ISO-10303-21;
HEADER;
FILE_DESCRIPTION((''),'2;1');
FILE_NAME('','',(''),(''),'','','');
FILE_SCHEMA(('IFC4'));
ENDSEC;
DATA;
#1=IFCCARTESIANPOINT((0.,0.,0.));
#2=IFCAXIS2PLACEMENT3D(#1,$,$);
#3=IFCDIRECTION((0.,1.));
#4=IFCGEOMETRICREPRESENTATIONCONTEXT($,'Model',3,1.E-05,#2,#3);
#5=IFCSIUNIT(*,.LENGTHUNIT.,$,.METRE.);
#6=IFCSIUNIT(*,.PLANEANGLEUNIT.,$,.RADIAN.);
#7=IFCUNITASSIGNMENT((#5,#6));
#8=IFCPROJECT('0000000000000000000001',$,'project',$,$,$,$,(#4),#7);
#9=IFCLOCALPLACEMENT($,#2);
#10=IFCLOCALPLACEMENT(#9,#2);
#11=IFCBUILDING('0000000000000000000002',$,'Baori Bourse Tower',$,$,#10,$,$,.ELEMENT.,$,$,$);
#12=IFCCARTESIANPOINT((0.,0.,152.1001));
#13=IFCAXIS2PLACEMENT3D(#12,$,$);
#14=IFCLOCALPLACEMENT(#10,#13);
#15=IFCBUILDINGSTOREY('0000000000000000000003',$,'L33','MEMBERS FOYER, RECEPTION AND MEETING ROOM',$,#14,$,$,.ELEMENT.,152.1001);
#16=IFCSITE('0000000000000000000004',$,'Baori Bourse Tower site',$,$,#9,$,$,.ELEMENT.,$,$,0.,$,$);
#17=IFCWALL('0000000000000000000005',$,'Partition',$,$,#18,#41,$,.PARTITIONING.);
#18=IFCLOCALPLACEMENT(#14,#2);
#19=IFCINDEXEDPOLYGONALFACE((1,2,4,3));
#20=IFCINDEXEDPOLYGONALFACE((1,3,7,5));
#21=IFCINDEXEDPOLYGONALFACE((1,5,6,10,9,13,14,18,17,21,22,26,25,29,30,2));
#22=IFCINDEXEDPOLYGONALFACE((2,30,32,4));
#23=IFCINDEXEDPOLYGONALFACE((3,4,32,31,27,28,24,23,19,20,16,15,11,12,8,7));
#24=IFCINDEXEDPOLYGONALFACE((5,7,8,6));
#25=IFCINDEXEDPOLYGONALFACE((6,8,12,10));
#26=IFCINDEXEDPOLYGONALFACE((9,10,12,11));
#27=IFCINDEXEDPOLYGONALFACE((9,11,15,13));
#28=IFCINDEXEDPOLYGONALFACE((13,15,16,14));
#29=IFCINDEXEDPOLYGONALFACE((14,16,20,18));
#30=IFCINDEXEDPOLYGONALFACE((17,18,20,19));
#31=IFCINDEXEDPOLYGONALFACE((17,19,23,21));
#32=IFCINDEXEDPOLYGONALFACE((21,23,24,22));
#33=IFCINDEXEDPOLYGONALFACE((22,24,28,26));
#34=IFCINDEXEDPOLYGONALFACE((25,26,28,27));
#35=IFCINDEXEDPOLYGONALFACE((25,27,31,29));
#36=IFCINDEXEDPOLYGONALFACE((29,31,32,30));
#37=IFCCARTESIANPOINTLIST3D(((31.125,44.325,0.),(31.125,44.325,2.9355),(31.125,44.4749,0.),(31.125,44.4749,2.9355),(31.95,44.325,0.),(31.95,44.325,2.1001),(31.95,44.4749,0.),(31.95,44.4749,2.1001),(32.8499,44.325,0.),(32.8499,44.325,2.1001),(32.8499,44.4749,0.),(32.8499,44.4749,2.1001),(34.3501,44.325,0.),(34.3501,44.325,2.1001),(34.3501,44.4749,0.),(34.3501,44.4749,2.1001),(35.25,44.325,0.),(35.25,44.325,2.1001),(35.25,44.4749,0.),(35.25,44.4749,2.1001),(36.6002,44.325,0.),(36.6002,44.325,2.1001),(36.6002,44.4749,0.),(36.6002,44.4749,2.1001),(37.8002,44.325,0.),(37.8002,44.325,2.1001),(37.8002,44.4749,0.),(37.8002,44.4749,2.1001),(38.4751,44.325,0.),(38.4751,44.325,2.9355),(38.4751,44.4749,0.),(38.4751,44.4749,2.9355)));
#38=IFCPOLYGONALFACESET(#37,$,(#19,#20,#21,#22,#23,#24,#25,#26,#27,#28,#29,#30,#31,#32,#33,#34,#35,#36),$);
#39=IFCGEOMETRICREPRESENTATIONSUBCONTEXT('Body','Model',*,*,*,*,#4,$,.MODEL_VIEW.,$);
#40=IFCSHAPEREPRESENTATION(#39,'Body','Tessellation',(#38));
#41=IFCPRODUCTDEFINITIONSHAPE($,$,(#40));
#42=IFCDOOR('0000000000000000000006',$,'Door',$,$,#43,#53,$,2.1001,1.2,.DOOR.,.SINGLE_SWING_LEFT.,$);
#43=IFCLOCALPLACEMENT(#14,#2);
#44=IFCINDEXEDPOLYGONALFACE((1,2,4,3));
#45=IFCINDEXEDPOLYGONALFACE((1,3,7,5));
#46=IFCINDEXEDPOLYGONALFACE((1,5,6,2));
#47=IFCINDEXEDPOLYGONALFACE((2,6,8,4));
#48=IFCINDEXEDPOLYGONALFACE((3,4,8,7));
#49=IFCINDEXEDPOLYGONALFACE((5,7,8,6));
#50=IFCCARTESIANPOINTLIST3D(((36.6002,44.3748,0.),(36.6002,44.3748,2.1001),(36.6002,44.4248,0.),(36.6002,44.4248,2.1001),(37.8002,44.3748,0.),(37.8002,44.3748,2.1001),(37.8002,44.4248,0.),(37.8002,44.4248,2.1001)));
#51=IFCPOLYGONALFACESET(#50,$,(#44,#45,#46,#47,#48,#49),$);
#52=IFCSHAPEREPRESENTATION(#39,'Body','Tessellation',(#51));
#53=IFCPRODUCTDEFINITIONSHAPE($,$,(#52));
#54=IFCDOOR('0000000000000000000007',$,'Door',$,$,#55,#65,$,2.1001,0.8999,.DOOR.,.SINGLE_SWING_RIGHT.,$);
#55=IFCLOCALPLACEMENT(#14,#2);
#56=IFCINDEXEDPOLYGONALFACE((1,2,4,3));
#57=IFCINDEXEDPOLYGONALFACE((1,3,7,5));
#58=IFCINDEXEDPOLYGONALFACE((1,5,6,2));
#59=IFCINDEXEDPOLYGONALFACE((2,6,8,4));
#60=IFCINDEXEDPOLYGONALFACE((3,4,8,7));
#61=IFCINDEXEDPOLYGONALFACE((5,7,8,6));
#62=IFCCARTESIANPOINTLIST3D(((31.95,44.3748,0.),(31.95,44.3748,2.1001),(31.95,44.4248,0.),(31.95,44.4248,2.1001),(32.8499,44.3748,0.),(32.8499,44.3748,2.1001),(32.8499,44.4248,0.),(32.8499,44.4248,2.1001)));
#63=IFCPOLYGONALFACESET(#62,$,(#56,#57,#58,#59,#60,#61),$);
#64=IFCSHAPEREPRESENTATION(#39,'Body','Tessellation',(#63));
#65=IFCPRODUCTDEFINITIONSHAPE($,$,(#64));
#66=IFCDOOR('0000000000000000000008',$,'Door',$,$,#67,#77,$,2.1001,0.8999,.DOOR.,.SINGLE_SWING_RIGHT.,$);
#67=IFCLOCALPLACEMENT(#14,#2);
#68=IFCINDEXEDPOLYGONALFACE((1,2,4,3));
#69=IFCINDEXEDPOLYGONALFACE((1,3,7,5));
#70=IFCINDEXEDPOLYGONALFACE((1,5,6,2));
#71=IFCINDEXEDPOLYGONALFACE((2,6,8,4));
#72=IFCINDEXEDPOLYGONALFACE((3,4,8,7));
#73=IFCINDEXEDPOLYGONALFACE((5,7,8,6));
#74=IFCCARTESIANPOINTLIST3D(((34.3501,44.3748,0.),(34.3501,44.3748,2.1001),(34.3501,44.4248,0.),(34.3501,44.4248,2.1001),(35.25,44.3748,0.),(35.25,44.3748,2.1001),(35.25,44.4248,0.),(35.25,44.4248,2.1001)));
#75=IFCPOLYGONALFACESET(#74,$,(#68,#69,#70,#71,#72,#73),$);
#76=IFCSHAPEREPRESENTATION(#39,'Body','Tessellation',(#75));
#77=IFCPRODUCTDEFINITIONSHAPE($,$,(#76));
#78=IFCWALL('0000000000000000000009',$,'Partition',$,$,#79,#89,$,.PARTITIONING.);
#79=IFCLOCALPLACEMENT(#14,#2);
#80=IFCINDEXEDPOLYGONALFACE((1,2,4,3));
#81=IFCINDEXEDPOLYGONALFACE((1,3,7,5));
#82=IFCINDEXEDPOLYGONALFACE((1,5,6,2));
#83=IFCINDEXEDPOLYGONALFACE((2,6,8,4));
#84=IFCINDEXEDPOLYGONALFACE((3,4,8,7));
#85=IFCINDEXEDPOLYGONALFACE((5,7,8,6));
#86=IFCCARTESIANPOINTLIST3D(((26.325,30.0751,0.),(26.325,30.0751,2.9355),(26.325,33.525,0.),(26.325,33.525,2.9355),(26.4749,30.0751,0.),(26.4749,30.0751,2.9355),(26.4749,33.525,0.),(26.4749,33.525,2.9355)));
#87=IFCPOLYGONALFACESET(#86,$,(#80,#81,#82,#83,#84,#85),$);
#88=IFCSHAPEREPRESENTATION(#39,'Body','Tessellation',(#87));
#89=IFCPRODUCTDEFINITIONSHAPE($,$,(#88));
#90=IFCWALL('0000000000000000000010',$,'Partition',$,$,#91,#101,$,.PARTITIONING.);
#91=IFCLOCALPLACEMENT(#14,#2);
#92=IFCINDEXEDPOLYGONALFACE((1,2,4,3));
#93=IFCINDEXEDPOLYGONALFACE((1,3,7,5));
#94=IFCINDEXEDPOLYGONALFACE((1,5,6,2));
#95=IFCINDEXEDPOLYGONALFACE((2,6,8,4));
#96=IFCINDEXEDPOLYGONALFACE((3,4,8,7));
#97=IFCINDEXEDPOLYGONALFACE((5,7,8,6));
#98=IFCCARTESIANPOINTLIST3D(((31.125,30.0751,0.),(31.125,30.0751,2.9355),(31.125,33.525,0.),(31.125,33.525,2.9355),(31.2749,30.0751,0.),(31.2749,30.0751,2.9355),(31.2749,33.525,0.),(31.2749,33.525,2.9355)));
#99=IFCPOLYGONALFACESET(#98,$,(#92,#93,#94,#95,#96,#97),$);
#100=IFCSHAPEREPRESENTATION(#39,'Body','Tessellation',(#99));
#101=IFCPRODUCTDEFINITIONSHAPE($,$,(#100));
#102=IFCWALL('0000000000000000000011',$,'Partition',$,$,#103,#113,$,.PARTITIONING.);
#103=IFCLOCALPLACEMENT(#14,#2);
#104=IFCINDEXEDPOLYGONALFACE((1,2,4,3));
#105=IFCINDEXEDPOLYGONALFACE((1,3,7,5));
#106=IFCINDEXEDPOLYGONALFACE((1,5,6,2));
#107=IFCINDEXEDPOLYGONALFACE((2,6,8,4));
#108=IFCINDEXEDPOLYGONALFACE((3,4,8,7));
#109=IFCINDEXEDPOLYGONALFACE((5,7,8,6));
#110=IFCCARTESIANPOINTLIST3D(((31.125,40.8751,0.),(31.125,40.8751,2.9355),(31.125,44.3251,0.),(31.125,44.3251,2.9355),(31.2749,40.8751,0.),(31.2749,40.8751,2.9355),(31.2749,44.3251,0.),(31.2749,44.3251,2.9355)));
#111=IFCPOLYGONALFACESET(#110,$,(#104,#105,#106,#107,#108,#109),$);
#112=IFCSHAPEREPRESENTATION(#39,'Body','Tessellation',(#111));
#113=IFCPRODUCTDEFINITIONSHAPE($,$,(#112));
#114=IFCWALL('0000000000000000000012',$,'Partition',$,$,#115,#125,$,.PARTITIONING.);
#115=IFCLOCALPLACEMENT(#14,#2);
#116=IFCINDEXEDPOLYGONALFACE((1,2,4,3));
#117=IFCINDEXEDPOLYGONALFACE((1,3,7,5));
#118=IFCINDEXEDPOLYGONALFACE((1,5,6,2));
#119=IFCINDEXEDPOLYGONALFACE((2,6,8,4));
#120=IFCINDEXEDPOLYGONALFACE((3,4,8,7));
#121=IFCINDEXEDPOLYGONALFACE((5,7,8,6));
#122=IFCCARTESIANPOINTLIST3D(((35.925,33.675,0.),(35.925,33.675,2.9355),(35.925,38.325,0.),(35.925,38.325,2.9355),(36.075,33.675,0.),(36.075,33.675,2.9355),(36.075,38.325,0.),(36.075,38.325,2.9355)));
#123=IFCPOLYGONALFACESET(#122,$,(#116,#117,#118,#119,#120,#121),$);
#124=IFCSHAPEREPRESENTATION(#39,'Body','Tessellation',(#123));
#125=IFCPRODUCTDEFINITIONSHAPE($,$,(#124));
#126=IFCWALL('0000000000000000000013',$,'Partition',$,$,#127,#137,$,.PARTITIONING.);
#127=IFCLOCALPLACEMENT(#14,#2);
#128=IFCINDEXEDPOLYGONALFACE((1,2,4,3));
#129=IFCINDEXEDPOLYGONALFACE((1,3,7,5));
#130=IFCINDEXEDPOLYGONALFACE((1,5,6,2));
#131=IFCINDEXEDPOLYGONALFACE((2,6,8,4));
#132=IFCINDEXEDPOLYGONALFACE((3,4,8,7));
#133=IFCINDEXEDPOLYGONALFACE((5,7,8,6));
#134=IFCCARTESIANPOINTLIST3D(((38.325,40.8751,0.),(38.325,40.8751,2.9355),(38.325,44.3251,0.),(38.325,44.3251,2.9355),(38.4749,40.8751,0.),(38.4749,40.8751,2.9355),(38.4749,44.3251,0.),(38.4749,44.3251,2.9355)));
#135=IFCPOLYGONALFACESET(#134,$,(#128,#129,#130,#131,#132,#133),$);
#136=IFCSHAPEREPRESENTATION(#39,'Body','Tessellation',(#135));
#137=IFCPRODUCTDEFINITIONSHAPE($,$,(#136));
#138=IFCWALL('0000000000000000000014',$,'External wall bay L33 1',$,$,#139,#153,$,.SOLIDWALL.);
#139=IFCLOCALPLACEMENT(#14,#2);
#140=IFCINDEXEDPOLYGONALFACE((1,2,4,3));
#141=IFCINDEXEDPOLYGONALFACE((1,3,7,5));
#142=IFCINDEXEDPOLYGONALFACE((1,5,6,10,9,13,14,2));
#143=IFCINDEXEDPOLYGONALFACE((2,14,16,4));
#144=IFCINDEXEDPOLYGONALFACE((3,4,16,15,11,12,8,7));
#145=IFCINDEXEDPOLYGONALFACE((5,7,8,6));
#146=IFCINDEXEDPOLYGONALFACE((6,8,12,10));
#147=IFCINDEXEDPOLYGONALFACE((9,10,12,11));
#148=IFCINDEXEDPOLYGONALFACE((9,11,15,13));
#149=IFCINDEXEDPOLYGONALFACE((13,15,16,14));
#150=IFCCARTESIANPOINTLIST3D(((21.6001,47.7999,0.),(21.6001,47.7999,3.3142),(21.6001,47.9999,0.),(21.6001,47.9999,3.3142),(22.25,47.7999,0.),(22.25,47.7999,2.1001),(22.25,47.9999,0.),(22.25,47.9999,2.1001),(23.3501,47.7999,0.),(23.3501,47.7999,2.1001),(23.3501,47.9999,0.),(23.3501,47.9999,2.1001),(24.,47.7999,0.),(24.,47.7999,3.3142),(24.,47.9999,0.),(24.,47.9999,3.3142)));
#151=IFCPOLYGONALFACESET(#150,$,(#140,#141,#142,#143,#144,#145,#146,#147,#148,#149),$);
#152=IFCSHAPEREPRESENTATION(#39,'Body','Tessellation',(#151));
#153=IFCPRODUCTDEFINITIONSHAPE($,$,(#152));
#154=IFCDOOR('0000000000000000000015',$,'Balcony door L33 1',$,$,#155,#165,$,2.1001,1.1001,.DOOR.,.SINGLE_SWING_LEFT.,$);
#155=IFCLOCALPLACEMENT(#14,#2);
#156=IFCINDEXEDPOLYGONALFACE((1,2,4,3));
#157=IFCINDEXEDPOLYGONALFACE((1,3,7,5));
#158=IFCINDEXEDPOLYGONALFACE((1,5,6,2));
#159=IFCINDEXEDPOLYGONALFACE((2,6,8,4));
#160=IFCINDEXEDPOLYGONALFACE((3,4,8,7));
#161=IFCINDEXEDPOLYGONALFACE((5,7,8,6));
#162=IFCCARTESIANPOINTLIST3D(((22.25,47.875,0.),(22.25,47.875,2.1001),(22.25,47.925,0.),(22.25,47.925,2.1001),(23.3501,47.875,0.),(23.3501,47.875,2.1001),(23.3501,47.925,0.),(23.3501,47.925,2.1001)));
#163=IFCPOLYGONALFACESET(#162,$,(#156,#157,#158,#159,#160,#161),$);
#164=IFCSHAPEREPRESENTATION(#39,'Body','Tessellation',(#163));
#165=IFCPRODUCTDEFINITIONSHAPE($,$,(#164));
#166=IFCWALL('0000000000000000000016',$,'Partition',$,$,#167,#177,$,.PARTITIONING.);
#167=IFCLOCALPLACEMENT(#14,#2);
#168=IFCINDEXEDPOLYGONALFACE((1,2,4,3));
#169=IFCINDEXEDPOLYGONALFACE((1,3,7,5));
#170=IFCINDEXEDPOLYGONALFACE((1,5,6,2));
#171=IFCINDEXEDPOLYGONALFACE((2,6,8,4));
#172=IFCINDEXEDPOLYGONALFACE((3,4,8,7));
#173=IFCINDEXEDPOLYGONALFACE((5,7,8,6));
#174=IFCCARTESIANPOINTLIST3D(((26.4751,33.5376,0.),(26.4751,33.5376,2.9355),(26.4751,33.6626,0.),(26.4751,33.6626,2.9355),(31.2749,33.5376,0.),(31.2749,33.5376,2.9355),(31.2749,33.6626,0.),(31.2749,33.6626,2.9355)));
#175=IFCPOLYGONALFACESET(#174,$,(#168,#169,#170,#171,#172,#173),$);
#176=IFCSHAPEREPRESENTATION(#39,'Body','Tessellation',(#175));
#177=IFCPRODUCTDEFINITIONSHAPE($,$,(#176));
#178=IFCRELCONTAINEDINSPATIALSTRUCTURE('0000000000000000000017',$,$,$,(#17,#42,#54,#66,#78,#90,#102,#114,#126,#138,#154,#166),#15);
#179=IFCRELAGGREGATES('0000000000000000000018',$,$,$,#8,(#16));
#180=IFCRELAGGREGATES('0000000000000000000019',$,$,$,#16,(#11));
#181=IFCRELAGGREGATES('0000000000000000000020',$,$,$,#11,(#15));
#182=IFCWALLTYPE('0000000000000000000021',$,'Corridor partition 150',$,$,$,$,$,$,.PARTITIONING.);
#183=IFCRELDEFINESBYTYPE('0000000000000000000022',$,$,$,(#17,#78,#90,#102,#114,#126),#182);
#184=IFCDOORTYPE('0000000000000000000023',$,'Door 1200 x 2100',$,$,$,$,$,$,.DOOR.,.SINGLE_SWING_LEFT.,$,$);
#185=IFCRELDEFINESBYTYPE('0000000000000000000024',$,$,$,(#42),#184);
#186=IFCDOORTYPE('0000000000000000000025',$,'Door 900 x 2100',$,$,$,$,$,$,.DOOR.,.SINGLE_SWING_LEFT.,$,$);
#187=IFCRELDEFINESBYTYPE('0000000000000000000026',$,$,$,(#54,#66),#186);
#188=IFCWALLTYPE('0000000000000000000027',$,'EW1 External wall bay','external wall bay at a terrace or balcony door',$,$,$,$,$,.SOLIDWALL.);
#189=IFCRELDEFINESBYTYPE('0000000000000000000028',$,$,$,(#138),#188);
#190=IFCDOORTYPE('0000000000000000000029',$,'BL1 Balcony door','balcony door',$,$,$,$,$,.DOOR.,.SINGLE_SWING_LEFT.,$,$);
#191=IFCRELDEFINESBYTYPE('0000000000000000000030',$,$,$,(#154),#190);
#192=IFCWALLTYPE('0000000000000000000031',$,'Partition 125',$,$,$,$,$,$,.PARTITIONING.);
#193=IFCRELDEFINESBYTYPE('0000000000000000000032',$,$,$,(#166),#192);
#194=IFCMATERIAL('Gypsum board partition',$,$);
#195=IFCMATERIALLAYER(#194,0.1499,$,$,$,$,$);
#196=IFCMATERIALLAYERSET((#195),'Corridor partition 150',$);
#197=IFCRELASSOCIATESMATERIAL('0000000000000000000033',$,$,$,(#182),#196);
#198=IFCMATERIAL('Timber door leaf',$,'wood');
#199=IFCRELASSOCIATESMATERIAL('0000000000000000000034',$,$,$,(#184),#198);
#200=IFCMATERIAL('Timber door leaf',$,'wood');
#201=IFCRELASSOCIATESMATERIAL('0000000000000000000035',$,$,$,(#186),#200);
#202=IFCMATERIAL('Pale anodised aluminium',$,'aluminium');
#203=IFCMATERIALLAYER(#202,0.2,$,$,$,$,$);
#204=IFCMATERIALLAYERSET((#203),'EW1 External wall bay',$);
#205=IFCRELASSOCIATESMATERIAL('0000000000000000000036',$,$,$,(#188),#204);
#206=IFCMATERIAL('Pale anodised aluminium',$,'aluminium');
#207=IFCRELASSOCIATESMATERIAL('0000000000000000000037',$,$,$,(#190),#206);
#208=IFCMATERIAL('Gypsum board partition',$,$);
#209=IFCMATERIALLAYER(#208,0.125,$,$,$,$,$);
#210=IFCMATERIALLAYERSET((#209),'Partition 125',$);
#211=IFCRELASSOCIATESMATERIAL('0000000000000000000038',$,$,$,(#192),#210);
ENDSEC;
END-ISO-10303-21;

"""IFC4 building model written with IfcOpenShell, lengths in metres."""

from ifc_helpers import new_model, si_unit, direction, frame, frame_2d, origin, place, context, subcontext, project, spatial, rectangle, extrude, material, layer, layer_set, type_object, element, fill, save


model = new_model("IFC4")

# Units and contexts
model_context = context("Model", 3, precision=1e-05, world=origin(), true_north=direction((0.0, 1.0)))
body_context = subcontext(model_context, "Body", "Model", "MODEL_VIEW")
ifc_project = project(units=[si_unit("LENGTHUNIT", "METRE"), si_unit("PLANEANGLEUNIT", "RADIAN")], contexts=[model_context])

# Site, building, storey
site_placement = place(None, origin())
site = spatial("IfcSite", under=ifc_project, at=site_placement, Name="Baori Bourse Tower site", CompositionType="ELEMENT", RefElevation=0.0)
building_placement = place(site_placement, origin())
building = spatial("IfcBuilding", under=site, at=building_placement, Name="Baori Bourse Tower", CompositionType="ELEMENT")
storey_placement = place(building_placement, frame((0.0, 0.0, 152.1001)))
storey = spatial("IfcBuildingStorey", under=building, at=storey_placement, Name="L33", Description="MEMBERS FOYER, RECEPTION AND MEETING ROOM", CompositionType="ELEMENT", Elevation=152.1001)

# Shared definitions
ifc_material_1 = material(Name="Gypsum board partition")
ifc_layer_1 = layer(ifc_material_1, 0.1499)
ifc_layer_set_1 = layer_set([ifc_layer_1], Name="Corridor partition 150")
wall_type_1 = type_object("IfcWallType", Name="Corridor partition 150", PredefinedType="PARTITIONING", material=ifc_layer_set_1)

# Wall, openings, doors
wall_1_placement = place(storey_placement, frame((31.125, 44.3999, 0.0), z_axis=(0.0, 0.0, 1.0), x_axis=(1.0, 0.0, 0.0)))
wall_1 = element("IfcWall", 1, at=wall_1_placement, inside=storey, type_object=wall_type_1, Name="Partition", PredefinedType="PARTITIONING", context=body_context, shape_type="SweptSolid", body=[
    extrude(rectangle(XDim=7.3501, YDim=0.1499, at=frame_2d((3.675, 0.0))), origin(), (0.0, 0.0, 1.0), 2.9355),
])
opening_1_placement = place(wall_1_placement, frame((0.825, 0.0, 0.0)))
opening_1 = element("IfcOpeningElement", 2, at=opening_1_placement, cuts=wall_1, PredefinedType="OPENING", context=body_context, shape_type="SweptSolid", body=[
    extrude(rectangle(XDim=0.8999, YDim=2.1001, at=frame_2d((0.45, 1.05))), frame((0.0, 0.085, 0.0), z_axis=(0.0, -1.0, 0.0), x_axis=(1.0, 0.0, 0.0)), (0.0, 0.0, 1.0), 0.1699),
])
opening_2_placement = place(wall_1_placement, frame((3.2251, 0.0, 0.0)))
opening_2 = element("IfcOpeningElement", 3, at=opening_2_placement, cuts=wall_1, PredefinedType="OPENING", context=body_context, shape_type="SweptSolid", body=[
    extrude(rectangle(XDim=0.8999, YDim=2.1001, at=frame_2d((0.45, 1.05))), frame((0.0, 0.085, 0.0), z_axis=(0.0, -1.0, 0.0), x_axis=(1.0, 0.0, 0.0)), (0.0, 0.0, 1.0), 0.1699),
])
opening_3_placement = place(wall_1_placement, frame((5.4751, 0.0, 0.0)))
opening_3 = element("IfcOpeningElement", 4, at=opening_3_placement, cuts=wall_1, PredefinedType="OPENING", context=body_context, shape_type="SweptSolid", body=[
    extrude(rectangle(XDim=1.2, YDim=2.1001, at=frame_2d((0.6001, 1.05))), frame((0.0, 0.085, 0.0), z_axis=(0.0, -1.0, 0.0), x_axis=(1.0, 0.0, 0.0)), (0.0, 0.0, 1.0), 0.1699),
])
ifc_material_2 = material(Name="Timber door leaf", Category="wood")
door_type_1 = type_object("IfcDoorType", Name="Door 1200 x 2100", OperationType="SINGLE_SWING_LEFT", PredefinedType="DOOR", material=ifc_material_2)
door_1_placement = place(opening_3_placement, origin())
door_1 = element("IfcDoor", 5, at=door_1_placement, inside=storey, type_object=door_type_1, Name="Door", OperationType="SINGLE_SWING_LEFT", OverallHeight=2.1001, OverallWidth=1.2, PredefinedType="DOOR", context=body_context, shape_type="SweptSolid", body=[
    extrude(rectangle(XDim=1.2, YDim=2.1001, at=frame_2d((0.6001, 1.05))), frame((0.0, 0.0249, 0.0), z_axis=(0.0, -1.0, 0.0), x_axis=(1.0, 0.0, 0.0)), (0.0, 0.0, 1.0), 0.05),
])
fill(opening_3, door_1)
ifc_material_3 = material(Name="Timber door leaf", Category="wood")
door_type_2 = type_object("IfcDoorType", Name="Door 900 x 2100", OperationType="SINGLE_SWING_LEFT", PredefinedType="DOOR", material=ifc_material_3)
door_2_placement = place(opening_1_placement, origin())
door_2 = element("IfcDoor", 6, at=door_2_placement, inside=storey, type_object=door_type_2, Name="Door", OperationType="SINGLE_SWING_RIGHT", OverallHeight=2.1001, OverallWidth=0.8999, PredefinedType="DOOR", context=body_context, shape_type="SweptSolid", body=[
    extrude(rectangle(XDim=0.8999, YDim=2.1001, at=frame_2d((0.45, 1.05))), frame((0.0, 0.0249, 0.0), z_axis=(0.0, -1.0, 0.0), x_axis=(1.0, 0.0, 0.0)), (0.0, 0.0, 1.0), 0.05),
])
fill(opening_1, door_2)
door_3_placement = place(opening_2_placement, origin())
door_3 = element("IfcDoor", 7, at=door_3_placement, inside=storey, type_object=door_type_2, Name="Door", OperationType="SINGLE_SWING_RIGHT", OverallHeight=2.1001, OverallWidth=0.8999, PredefinedType="DOOR", context=body_context, shape_type="SweptSolid", body=[
    extrude(rectangle(XDim=0.8999, YDim=2.1001, at=frame_2d((0.45, 1.05))), frame((0.0, 0.0249, 0.0), z_axis=(0.0, -1.0, 0.0), x_axis=(1.0, 0.0, 0.0)), (0.0, 0.0, 1.0), 0.05),
])
fill(opening_2, door_3)

# Walls
for number, where, z_axis, x_axis, name in (
    (8, (26.3999, 30.075, 0.0), (0.0, 0.0, 1.0), (0.0, 1.0, 0.0), "Partition"),
    (9, (31.2, 30.075, 0.0), (0.0, 0.0, 1.0), (0.0, 1.0, 0.0), "Partition"),
    (10, (31.2, 40.875, 0.0), (0.0, 0.0, 1.0), (0.0, 1.0, 0.0), "Partition"),
):
    element("IfcWall", number, at=place(storey_placement, frame(where, z_axis=z_axis, x_axis=x_axis)), inside=storey, type_object=wall_type_1, Name=name, PredefinedType="PARTITIONING", context=body_context, shape_type="SweptSolid", body=[
        extrude(rectangle(XDim=3.45, YDim=0.1499, at=frame_2d((1.7251, 0.0))), origin(), (0.0, 0.0, 1.0), 2.9355),
    ])
wall_2_placement = place(storey_placement, frame((36.0, 33.675, 0.0), z_axis=(0.0, 0.0, 1.0), x_axis=(0.0, 1.0, 0.0)))
element("IfcWall", 11, at=wall_2_placement, inside=storey, type_object=wall_type_1, Name="Partition", PredefinedType="PARTITIONING", context=body_context, shape_type="SweptSolid", body=[
    extrude(rectangle(XDim=4.6499, YDim=0.1499, at=frame_2d((2.325, 0.0))), origin(), (0.0, 0.0, 1.0), 2.9355),
])
wall_3_placement = place(storey_placement, frame((38.3999, 40.875, 0.0), z_axis=(0.0, 0.0, 1.0), x_axis=(0.0, 1.0, 0.0)))
element("IfcWall", 12, at=wall_3_placement, inside=storey, type_object=wall_type_1, Name="Partition", PredefinedType="PARTITIONING", context=body_context, shape_type="SweptSolid", body=[
    extrude(rectangle(XDim=3.45, YDim=0.1499, at=frame_2d((1.7251, 0.0))), origin(), (0.0, 0.0, 1.0), 2.9355),
])

# Wall, opening, door
ifc_material_4 = material(Name="Pale anodised aluminium", Category="aluminium")
ifc_layer_2 = layer(ifc_material_4, 0.2)
ifc_layer_set_2 = layer_set([ifc_layer_2], Name="EW1 External wall bay")
wall_type_2 = type_object("IfcWallType", Name="EW1 External wall bay", Description="external wall bay at a terrace or balcony door", PredefinedType="SOLIDWALL", material=ifc_layer_set_2)
wall_4_placement = place(storey_placement, frame((24.0, 47.8999, 0.0), z_axis=(0.0, 0.0, 1.0), x_axis=(-1.0, 0.0, 0.0)))
wall_4 = element("IfcWall", 13, at=wall_4_placement, inside=storey, type_object=wall_type_2, Name="External wall bay L33 1", PredefinedType="SOLIDWALL", context=body_context, shape_type="SweptSolid", body=[
    extrude(rectangle(XDim=2.3999, YDim=0.2, at=frame_2d((1.2, 0.0))), origin(), (0.0, 0.0, 1.0), 3.3142),
])
opening_4_placement = place(wall_4_placement, frame((0.6499, 0.0, 0.0)))
opening_4 = element("IfcOpeningElement", 14, at=opening_4_placement, cuts=wall_4, PredefinedType="OPENING", context=body_context, shape_type="SweptSolid", body=[
    extrude(rectangle(XDim=1.1001, YDim=2.1001, at=frame_2d((0.55, 1.05))), frame((0.0, 0.1099, 0.0), z_axis=(0.0, -1.0, 0.0), x_axis=(1.0, 0.0, 0.0)), (0.0, 0.0, 1.0), 0.22),
])
ifc_material_5 = material(Name="Pale anodised aluminium", Category="aluminium")
door_type_3 = type_object("IfcDoorType", Name="BL1 Balcony door", Description="balcony door", OperationType="SINGLE_SWING_LEFT", PredefinedType="DOOR", material=ifc_material_5)
door_4_placement = place(opening_4_placement, origin())
door_4 = element("IfcDoor", 15, at=door_4_placement, inside=storey, type_object=door_type_3, Name="Balcony door L33 1", OperationType="SINGLE_SWING_LEFT", OverallHeight=2.1001, OverallWidth=1.1001, PredefinedType="DOOR", context=body_context, shape_type="SweptSolid", body=[
    extrude(rectangle(XDim=1.1001, YDim=2.1001, at=frame_2d((0.55, 1.05))), frame((0.0, 0.0249, 0.0), z_axis=(0.0, -1.0, 0.0), x_axis=(1.0, 0.0, 0.0)), (0.0, 0.0, 1.0), 0.05),
])
fill(opening_4, door_4)

# Wall
ifc_material_6 = material(Name="Gypsum board partition")
ifc_layer_3 = layer(ifc_material_6, 0.125)
ifc_layer_set_3 = layer_set([ifc_layer_3], Name="Partition 125")
wall_type_3 = type_object("IfcWallType", Name="Partition 125", PredefinedType="PARTITIONING", material=ifc_layer_set_3)
wall_5_placement = place(storey_placement, frame((26.4751, 33.6001, 0.0), z_axis=(0.0, 0.0, 1.0), x_axis=(1.0, 0.0, 0.0)))
element("IfcWall", 16, at=wall_5_placement, inside=storey, type_object=wall_type_3, Name="Partition", PredefinedType="PARTITIONING", context=body_context, shape_type="SweptSolid", body=[
    extrude(rectangle(XDim=4.7998, YDim=0.125, at=frame_2d((2.3999, 0.0))), origin(), (0.0, 0.0, 1.0), 2.9355),
])

save(model, "model.ifc")
